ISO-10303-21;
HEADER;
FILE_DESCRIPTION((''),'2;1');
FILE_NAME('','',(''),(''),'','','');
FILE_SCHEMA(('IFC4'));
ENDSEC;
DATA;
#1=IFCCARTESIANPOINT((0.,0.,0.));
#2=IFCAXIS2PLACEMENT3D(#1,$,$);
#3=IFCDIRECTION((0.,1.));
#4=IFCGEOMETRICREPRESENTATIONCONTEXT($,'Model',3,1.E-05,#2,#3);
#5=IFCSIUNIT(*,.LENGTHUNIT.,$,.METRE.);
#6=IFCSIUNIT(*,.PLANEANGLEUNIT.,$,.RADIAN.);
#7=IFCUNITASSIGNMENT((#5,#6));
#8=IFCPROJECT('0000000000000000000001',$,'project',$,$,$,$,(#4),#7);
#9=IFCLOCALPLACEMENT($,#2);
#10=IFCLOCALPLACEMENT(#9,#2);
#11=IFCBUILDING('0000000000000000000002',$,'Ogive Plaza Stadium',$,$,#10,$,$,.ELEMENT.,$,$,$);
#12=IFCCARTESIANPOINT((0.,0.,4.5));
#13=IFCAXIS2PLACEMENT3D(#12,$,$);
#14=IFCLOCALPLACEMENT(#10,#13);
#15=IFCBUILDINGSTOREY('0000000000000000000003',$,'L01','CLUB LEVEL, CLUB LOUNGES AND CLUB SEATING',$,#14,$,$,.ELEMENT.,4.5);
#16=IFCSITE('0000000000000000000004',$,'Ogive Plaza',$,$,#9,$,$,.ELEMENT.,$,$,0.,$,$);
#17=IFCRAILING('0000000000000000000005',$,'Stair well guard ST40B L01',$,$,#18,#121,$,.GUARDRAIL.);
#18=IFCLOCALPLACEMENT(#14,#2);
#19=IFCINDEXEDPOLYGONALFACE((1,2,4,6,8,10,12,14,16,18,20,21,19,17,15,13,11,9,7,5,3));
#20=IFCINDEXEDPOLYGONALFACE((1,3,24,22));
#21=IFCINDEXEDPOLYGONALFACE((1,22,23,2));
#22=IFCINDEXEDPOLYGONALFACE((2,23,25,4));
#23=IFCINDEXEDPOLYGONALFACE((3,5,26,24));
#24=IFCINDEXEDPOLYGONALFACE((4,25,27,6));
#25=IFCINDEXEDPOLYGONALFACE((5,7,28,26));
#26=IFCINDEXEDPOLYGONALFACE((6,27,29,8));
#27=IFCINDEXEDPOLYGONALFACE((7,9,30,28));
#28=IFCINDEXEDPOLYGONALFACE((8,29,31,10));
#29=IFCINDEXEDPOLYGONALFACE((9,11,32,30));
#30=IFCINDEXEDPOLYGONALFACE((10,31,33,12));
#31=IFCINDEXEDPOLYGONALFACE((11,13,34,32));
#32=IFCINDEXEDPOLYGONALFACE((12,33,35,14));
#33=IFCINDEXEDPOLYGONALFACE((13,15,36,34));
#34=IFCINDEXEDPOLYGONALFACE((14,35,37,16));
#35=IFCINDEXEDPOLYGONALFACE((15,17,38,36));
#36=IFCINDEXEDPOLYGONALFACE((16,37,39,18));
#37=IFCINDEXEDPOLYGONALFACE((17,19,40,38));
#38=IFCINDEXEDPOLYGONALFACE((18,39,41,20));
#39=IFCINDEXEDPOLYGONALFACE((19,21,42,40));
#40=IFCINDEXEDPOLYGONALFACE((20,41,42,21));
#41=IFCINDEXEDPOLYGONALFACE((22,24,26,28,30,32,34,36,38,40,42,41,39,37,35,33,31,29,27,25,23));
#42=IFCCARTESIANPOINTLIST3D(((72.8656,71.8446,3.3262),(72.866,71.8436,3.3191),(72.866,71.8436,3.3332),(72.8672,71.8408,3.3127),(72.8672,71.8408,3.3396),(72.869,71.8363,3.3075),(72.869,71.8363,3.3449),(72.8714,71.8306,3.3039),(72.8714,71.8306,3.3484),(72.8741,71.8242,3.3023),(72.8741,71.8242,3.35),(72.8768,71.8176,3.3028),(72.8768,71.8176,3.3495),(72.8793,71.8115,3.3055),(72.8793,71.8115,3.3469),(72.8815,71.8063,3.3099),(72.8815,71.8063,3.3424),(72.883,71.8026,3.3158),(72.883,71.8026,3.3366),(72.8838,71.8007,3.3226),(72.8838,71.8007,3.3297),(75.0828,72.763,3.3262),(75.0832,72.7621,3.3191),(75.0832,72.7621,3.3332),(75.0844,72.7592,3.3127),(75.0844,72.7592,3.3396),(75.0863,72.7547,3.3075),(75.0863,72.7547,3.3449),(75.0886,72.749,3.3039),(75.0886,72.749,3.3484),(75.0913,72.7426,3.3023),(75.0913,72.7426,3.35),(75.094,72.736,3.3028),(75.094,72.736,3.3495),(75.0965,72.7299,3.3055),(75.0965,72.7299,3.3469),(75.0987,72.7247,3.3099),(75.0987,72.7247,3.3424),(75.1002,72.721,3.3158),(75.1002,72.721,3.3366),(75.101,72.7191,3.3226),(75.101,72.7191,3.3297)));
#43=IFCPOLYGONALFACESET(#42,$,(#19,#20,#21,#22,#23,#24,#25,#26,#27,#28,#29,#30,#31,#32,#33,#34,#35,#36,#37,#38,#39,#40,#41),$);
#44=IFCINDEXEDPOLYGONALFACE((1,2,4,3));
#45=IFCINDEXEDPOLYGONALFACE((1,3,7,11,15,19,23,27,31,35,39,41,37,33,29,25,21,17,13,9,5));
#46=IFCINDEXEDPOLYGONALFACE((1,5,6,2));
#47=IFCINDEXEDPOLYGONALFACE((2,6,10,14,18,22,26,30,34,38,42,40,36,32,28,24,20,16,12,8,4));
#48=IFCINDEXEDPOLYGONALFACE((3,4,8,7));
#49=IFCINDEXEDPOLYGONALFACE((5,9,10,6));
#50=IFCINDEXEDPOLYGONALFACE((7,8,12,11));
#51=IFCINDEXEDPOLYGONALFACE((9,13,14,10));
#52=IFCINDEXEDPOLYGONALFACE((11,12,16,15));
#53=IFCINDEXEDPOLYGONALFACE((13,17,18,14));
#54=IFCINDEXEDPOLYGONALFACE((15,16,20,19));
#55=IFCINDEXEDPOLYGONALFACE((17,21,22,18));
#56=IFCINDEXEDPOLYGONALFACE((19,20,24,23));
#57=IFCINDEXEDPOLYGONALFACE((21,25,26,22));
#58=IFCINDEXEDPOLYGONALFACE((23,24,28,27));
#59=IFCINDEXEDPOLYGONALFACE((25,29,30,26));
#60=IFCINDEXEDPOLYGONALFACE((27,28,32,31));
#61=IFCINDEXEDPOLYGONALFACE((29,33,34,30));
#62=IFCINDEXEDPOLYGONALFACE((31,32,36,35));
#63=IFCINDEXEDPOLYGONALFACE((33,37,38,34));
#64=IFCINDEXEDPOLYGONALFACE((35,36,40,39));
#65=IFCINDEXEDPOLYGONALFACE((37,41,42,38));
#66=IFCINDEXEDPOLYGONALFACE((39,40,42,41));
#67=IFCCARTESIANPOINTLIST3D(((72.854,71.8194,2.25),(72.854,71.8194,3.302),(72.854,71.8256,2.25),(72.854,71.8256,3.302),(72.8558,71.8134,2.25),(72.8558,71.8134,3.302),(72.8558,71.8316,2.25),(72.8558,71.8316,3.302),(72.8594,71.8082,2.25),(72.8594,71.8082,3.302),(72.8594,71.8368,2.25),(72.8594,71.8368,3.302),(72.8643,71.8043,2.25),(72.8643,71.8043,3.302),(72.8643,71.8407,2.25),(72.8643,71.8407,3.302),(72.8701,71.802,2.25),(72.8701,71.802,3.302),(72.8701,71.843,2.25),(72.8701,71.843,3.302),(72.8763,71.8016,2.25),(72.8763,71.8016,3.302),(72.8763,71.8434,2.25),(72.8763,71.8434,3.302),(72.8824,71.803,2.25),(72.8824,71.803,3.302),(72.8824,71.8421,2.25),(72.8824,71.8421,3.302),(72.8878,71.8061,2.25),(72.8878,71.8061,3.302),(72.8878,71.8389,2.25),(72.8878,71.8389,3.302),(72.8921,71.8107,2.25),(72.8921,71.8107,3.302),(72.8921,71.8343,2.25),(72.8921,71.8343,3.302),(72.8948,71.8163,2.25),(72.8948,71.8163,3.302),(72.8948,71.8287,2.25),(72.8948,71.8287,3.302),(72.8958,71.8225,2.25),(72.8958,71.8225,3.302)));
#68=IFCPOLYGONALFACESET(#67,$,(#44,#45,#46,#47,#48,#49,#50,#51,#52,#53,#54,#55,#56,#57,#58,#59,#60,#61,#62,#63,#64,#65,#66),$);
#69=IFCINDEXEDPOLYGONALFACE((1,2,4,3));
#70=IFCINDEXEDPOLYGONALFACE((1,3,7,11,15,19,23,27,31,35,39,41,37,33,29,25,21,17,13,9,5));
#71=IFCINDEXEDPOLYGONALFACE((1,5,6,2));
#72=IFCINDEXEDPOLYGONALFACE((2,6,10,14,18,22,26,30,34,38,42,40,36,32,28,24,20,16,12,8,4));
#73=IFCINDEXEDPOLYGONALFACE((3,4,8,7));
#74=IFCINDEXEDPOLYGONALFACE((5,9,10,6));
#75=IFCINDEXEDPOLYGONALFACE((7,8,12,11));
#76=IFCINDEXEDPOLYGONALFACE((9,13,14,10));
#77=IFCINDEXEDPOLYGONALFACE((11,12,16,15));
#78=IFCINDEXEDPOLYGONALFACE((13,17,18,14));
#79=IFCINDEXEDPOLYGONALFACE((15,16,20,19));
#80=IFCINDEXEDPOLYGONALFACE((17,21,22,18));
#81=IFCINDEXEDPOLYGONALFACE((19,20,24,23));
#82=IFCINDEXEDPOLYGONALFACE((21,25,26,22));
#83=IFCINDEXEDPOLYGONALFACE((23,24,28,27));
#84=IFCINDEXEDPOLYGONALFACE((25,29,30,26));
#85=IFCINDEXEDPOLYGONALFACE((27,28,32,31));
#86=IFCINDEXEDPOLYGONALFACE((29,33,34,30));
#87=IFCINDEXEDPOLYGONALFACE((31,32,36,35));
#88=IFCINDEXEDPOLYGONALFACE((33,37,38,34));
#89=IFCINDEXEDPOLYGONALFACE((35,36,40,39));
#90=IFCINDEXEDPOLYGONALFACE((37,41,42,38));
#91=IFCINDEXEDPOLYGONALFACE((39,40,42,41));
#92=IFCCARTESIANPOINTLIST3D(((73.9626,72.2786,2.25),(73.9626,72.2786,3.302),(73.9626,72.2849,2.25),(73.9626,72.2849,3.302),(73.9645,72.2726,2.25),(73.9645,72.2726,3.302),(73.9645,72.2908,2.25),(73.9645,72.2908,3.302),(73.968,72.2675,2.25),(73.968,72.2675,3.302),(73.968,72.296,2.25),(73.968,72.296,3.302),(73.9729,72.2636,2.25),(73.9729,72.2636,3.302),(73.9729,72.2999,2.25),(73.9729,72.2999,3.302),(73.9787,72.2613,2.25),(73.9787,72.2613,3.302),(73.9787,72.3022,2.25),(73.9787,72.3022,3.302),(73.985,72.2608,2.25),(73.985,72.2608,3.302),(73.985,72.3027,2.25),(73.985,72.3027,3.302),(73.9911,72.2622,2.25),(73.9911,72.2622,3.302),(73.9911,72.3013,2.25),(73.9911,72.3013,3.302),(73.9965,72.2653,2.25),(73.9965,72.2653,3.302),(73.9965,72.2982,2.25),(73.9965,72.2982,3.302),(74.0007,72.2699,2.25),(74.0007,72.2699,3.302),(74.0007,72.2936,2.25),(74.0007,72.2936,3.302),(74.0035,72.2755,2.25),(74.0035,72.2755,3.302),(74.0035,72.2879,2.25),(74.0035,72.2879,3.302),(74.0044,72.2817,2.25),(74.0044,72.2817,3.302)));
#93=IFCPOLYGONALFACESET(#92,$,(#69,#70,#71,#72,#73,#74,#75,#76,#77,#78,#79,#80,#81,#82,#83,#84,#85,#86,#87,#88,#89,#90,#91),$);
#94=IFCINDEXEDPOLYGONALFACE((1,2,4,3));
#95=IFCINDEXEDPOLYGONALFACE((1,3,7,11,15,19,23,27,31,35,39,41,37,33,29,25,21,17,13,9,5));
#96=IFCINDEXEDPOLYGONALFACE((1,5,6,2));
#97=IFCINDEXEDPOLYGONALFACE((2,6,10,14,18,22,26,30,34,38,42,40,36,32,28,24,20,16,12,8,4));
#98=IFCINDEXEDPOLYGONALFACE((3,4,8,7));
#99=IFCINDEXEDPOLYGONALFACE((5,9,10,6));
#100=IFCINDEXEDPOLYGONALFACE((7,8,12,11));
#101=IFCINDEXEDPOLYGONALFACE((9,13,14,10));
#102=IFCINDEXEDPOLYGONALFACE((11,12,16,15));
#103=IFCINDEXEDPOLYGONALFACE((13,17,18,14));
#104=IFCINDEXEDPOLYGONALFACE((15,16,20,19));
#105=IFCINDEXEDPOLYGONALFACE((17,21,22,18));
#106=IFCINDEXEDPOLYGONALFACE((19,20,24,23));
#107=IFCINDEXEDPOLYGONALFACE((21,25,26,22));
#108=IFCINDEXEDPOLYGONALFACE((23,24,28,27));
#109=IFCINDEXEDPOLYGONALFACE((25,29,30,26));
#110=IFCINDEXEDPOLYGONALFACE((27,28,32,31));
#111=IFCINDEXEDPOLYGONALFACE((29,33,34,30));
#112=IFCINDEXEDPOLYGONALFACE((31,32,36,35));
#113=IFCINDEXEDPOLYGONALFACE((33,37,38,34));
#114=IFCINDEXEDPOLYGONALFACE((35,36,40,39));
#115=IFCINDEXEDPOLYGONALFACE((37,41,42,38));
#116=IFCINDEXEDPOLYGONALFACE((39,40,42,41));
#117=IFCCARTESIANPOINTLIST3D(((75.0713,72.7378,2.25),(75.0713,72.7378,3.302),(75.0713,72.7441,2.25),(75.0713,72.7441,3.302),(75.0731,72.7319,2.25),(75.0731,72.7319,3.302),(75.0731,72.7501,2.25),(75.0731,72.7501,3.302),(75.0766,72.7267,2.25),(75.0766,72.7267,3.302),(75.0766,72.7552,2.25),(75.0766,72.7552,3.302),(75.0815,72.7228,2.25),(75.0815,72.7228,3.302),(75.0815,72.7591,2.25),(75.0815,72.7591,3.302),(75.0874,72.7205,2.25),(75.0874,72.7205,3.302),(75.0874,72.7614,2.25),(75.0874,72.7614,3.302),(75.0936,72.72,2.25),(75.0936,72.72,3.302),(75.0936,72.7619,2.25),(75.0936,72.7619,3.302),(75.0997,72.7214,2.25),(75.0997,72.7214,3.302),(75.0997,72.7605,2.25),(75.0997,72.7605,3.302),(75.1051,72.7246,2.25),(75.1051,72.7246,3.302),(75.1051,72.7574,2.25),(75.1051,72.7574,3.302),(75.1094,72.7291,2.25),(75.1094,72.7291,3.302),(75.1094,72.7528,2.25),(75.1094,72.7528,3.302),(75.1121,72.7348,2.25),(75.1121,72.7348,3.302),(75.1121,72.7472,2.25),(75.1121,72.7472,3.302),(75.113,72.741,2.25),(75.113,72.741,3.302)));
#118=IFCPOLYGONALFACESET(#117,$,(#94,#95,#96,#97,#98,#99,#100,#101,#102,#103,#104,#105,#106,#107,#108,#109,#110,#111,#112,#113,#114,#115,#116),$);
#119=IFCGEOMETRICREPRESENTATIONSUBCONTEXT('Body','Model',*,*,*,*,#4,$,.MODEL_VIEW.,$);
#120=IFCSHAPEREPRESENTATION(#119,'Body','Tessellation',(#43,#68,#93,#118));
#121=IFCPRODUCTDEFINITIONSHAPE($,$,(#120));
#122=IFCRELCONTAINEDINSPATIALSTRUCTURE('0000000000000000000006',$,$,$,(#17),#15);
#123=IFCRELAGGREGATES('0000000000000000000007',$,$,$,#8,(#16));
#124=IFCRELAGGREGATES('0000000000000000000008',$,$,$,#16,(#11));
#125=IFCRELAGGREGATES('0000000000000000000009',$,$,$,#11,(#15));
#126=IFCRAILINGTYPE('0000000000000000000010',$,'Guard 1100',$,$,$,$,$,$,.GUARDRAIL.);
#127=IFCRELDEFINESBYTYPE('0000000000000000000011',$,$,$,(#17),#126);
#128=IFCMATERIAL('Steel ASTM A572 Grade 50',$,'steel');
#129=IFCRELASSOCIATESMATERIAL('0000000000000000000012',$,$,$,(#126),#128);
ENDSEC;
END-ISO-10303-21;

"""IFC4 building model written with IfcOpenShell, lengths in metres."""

from ifc_helpers import new_model, si_unit, direction, frame, origin, origin_2d, place, context, subcontext, project, spatial, circle, extrude, material, type_object, element, save


model = new_model("IFC4")

# Units and contexts
model_context = context("Model", 3, precision=1e-05, world=origin(), true_north=direction((0.0, 1.0)))
body_context = subcontext(model_context, "Body", "Model", "MODEL_VIEW")
ifc_project = project(units=[si_unit("LENGTHUNIT", "METRE"), si_unit("PLANEANGLEUNIT", "RADIAN")], contexts=[model_context])

# Site, building, storey
site_placement = place(None, origin())
site = spatial("IfcSite", under=ifc_project, at=site_placement, Name="Ogive Plaza", CompositionType="ELEMENT", RefElevation=0.0)
building_placement = place(site_placement, origin())
building = spatial("IfcBuilding", under=site, at=building_placement, Name="Ogive Plaza Stadium", CompositionType="ELEMENT")
storey_placement = place(building_placement, frame((0.0, 0.0, 4.5)))
storey = spatial("IfcBuildingStorey", under=building, at=storey_placement, Name="L01", Description="CLUB LEVEL, CLUB LOUNGES AND CLUB SEATING", CompositionType="ELEMENT", Elevation=4.5)

# Railing
ifc_material_1 = material(Name="Steel ASTM A572 Grade 50", Category="steel")
railing_type_1 = type_object("IfcRailingType", Name="Guard 1100", PredefinedType="GUARDRAIL", material=ifc_material_1)
for number, where, name in (
    (1, (72.8748, 71.8225, 2.25), "Stair well guard ST40B L01"),
):
    element("IfcRailing", number, at=place(storey_placement, frame(where)), inside=storey, type_object=railing_type_1, Name=name, PredefinedType="GUARDRAIL", context=body_context, shape_type="SweptSolid", body=[
        extrude(circle(Radius=0.0239, at=origin_2d()), frame((0.0, 0.0, 1.0762), z_axis=(0.923875, 0.382693, 0.0), x_axis=(-0.382693, 0.923875, 0.0)), (0.0, 0.0, 1.0), 2.3999),
        extrude(circle(Radius=0.021, at=origin_2d()), origin(), (0.0, 0.0, 1.0), 1.052),
        extrude(circle(Radius=0.021, at=origin_2d()), frame((1.1086, 0.4592, 0.0)), (0.0, 0.0, 1.0), 1.052),
        extrude(circle(Radius=0.021, at=origin_2d()), frame((2.2173, 0.9185, 0.0)), (0.0, 0.0, 1.0), 1.052),
    ])

save(model, "model.ifc")
